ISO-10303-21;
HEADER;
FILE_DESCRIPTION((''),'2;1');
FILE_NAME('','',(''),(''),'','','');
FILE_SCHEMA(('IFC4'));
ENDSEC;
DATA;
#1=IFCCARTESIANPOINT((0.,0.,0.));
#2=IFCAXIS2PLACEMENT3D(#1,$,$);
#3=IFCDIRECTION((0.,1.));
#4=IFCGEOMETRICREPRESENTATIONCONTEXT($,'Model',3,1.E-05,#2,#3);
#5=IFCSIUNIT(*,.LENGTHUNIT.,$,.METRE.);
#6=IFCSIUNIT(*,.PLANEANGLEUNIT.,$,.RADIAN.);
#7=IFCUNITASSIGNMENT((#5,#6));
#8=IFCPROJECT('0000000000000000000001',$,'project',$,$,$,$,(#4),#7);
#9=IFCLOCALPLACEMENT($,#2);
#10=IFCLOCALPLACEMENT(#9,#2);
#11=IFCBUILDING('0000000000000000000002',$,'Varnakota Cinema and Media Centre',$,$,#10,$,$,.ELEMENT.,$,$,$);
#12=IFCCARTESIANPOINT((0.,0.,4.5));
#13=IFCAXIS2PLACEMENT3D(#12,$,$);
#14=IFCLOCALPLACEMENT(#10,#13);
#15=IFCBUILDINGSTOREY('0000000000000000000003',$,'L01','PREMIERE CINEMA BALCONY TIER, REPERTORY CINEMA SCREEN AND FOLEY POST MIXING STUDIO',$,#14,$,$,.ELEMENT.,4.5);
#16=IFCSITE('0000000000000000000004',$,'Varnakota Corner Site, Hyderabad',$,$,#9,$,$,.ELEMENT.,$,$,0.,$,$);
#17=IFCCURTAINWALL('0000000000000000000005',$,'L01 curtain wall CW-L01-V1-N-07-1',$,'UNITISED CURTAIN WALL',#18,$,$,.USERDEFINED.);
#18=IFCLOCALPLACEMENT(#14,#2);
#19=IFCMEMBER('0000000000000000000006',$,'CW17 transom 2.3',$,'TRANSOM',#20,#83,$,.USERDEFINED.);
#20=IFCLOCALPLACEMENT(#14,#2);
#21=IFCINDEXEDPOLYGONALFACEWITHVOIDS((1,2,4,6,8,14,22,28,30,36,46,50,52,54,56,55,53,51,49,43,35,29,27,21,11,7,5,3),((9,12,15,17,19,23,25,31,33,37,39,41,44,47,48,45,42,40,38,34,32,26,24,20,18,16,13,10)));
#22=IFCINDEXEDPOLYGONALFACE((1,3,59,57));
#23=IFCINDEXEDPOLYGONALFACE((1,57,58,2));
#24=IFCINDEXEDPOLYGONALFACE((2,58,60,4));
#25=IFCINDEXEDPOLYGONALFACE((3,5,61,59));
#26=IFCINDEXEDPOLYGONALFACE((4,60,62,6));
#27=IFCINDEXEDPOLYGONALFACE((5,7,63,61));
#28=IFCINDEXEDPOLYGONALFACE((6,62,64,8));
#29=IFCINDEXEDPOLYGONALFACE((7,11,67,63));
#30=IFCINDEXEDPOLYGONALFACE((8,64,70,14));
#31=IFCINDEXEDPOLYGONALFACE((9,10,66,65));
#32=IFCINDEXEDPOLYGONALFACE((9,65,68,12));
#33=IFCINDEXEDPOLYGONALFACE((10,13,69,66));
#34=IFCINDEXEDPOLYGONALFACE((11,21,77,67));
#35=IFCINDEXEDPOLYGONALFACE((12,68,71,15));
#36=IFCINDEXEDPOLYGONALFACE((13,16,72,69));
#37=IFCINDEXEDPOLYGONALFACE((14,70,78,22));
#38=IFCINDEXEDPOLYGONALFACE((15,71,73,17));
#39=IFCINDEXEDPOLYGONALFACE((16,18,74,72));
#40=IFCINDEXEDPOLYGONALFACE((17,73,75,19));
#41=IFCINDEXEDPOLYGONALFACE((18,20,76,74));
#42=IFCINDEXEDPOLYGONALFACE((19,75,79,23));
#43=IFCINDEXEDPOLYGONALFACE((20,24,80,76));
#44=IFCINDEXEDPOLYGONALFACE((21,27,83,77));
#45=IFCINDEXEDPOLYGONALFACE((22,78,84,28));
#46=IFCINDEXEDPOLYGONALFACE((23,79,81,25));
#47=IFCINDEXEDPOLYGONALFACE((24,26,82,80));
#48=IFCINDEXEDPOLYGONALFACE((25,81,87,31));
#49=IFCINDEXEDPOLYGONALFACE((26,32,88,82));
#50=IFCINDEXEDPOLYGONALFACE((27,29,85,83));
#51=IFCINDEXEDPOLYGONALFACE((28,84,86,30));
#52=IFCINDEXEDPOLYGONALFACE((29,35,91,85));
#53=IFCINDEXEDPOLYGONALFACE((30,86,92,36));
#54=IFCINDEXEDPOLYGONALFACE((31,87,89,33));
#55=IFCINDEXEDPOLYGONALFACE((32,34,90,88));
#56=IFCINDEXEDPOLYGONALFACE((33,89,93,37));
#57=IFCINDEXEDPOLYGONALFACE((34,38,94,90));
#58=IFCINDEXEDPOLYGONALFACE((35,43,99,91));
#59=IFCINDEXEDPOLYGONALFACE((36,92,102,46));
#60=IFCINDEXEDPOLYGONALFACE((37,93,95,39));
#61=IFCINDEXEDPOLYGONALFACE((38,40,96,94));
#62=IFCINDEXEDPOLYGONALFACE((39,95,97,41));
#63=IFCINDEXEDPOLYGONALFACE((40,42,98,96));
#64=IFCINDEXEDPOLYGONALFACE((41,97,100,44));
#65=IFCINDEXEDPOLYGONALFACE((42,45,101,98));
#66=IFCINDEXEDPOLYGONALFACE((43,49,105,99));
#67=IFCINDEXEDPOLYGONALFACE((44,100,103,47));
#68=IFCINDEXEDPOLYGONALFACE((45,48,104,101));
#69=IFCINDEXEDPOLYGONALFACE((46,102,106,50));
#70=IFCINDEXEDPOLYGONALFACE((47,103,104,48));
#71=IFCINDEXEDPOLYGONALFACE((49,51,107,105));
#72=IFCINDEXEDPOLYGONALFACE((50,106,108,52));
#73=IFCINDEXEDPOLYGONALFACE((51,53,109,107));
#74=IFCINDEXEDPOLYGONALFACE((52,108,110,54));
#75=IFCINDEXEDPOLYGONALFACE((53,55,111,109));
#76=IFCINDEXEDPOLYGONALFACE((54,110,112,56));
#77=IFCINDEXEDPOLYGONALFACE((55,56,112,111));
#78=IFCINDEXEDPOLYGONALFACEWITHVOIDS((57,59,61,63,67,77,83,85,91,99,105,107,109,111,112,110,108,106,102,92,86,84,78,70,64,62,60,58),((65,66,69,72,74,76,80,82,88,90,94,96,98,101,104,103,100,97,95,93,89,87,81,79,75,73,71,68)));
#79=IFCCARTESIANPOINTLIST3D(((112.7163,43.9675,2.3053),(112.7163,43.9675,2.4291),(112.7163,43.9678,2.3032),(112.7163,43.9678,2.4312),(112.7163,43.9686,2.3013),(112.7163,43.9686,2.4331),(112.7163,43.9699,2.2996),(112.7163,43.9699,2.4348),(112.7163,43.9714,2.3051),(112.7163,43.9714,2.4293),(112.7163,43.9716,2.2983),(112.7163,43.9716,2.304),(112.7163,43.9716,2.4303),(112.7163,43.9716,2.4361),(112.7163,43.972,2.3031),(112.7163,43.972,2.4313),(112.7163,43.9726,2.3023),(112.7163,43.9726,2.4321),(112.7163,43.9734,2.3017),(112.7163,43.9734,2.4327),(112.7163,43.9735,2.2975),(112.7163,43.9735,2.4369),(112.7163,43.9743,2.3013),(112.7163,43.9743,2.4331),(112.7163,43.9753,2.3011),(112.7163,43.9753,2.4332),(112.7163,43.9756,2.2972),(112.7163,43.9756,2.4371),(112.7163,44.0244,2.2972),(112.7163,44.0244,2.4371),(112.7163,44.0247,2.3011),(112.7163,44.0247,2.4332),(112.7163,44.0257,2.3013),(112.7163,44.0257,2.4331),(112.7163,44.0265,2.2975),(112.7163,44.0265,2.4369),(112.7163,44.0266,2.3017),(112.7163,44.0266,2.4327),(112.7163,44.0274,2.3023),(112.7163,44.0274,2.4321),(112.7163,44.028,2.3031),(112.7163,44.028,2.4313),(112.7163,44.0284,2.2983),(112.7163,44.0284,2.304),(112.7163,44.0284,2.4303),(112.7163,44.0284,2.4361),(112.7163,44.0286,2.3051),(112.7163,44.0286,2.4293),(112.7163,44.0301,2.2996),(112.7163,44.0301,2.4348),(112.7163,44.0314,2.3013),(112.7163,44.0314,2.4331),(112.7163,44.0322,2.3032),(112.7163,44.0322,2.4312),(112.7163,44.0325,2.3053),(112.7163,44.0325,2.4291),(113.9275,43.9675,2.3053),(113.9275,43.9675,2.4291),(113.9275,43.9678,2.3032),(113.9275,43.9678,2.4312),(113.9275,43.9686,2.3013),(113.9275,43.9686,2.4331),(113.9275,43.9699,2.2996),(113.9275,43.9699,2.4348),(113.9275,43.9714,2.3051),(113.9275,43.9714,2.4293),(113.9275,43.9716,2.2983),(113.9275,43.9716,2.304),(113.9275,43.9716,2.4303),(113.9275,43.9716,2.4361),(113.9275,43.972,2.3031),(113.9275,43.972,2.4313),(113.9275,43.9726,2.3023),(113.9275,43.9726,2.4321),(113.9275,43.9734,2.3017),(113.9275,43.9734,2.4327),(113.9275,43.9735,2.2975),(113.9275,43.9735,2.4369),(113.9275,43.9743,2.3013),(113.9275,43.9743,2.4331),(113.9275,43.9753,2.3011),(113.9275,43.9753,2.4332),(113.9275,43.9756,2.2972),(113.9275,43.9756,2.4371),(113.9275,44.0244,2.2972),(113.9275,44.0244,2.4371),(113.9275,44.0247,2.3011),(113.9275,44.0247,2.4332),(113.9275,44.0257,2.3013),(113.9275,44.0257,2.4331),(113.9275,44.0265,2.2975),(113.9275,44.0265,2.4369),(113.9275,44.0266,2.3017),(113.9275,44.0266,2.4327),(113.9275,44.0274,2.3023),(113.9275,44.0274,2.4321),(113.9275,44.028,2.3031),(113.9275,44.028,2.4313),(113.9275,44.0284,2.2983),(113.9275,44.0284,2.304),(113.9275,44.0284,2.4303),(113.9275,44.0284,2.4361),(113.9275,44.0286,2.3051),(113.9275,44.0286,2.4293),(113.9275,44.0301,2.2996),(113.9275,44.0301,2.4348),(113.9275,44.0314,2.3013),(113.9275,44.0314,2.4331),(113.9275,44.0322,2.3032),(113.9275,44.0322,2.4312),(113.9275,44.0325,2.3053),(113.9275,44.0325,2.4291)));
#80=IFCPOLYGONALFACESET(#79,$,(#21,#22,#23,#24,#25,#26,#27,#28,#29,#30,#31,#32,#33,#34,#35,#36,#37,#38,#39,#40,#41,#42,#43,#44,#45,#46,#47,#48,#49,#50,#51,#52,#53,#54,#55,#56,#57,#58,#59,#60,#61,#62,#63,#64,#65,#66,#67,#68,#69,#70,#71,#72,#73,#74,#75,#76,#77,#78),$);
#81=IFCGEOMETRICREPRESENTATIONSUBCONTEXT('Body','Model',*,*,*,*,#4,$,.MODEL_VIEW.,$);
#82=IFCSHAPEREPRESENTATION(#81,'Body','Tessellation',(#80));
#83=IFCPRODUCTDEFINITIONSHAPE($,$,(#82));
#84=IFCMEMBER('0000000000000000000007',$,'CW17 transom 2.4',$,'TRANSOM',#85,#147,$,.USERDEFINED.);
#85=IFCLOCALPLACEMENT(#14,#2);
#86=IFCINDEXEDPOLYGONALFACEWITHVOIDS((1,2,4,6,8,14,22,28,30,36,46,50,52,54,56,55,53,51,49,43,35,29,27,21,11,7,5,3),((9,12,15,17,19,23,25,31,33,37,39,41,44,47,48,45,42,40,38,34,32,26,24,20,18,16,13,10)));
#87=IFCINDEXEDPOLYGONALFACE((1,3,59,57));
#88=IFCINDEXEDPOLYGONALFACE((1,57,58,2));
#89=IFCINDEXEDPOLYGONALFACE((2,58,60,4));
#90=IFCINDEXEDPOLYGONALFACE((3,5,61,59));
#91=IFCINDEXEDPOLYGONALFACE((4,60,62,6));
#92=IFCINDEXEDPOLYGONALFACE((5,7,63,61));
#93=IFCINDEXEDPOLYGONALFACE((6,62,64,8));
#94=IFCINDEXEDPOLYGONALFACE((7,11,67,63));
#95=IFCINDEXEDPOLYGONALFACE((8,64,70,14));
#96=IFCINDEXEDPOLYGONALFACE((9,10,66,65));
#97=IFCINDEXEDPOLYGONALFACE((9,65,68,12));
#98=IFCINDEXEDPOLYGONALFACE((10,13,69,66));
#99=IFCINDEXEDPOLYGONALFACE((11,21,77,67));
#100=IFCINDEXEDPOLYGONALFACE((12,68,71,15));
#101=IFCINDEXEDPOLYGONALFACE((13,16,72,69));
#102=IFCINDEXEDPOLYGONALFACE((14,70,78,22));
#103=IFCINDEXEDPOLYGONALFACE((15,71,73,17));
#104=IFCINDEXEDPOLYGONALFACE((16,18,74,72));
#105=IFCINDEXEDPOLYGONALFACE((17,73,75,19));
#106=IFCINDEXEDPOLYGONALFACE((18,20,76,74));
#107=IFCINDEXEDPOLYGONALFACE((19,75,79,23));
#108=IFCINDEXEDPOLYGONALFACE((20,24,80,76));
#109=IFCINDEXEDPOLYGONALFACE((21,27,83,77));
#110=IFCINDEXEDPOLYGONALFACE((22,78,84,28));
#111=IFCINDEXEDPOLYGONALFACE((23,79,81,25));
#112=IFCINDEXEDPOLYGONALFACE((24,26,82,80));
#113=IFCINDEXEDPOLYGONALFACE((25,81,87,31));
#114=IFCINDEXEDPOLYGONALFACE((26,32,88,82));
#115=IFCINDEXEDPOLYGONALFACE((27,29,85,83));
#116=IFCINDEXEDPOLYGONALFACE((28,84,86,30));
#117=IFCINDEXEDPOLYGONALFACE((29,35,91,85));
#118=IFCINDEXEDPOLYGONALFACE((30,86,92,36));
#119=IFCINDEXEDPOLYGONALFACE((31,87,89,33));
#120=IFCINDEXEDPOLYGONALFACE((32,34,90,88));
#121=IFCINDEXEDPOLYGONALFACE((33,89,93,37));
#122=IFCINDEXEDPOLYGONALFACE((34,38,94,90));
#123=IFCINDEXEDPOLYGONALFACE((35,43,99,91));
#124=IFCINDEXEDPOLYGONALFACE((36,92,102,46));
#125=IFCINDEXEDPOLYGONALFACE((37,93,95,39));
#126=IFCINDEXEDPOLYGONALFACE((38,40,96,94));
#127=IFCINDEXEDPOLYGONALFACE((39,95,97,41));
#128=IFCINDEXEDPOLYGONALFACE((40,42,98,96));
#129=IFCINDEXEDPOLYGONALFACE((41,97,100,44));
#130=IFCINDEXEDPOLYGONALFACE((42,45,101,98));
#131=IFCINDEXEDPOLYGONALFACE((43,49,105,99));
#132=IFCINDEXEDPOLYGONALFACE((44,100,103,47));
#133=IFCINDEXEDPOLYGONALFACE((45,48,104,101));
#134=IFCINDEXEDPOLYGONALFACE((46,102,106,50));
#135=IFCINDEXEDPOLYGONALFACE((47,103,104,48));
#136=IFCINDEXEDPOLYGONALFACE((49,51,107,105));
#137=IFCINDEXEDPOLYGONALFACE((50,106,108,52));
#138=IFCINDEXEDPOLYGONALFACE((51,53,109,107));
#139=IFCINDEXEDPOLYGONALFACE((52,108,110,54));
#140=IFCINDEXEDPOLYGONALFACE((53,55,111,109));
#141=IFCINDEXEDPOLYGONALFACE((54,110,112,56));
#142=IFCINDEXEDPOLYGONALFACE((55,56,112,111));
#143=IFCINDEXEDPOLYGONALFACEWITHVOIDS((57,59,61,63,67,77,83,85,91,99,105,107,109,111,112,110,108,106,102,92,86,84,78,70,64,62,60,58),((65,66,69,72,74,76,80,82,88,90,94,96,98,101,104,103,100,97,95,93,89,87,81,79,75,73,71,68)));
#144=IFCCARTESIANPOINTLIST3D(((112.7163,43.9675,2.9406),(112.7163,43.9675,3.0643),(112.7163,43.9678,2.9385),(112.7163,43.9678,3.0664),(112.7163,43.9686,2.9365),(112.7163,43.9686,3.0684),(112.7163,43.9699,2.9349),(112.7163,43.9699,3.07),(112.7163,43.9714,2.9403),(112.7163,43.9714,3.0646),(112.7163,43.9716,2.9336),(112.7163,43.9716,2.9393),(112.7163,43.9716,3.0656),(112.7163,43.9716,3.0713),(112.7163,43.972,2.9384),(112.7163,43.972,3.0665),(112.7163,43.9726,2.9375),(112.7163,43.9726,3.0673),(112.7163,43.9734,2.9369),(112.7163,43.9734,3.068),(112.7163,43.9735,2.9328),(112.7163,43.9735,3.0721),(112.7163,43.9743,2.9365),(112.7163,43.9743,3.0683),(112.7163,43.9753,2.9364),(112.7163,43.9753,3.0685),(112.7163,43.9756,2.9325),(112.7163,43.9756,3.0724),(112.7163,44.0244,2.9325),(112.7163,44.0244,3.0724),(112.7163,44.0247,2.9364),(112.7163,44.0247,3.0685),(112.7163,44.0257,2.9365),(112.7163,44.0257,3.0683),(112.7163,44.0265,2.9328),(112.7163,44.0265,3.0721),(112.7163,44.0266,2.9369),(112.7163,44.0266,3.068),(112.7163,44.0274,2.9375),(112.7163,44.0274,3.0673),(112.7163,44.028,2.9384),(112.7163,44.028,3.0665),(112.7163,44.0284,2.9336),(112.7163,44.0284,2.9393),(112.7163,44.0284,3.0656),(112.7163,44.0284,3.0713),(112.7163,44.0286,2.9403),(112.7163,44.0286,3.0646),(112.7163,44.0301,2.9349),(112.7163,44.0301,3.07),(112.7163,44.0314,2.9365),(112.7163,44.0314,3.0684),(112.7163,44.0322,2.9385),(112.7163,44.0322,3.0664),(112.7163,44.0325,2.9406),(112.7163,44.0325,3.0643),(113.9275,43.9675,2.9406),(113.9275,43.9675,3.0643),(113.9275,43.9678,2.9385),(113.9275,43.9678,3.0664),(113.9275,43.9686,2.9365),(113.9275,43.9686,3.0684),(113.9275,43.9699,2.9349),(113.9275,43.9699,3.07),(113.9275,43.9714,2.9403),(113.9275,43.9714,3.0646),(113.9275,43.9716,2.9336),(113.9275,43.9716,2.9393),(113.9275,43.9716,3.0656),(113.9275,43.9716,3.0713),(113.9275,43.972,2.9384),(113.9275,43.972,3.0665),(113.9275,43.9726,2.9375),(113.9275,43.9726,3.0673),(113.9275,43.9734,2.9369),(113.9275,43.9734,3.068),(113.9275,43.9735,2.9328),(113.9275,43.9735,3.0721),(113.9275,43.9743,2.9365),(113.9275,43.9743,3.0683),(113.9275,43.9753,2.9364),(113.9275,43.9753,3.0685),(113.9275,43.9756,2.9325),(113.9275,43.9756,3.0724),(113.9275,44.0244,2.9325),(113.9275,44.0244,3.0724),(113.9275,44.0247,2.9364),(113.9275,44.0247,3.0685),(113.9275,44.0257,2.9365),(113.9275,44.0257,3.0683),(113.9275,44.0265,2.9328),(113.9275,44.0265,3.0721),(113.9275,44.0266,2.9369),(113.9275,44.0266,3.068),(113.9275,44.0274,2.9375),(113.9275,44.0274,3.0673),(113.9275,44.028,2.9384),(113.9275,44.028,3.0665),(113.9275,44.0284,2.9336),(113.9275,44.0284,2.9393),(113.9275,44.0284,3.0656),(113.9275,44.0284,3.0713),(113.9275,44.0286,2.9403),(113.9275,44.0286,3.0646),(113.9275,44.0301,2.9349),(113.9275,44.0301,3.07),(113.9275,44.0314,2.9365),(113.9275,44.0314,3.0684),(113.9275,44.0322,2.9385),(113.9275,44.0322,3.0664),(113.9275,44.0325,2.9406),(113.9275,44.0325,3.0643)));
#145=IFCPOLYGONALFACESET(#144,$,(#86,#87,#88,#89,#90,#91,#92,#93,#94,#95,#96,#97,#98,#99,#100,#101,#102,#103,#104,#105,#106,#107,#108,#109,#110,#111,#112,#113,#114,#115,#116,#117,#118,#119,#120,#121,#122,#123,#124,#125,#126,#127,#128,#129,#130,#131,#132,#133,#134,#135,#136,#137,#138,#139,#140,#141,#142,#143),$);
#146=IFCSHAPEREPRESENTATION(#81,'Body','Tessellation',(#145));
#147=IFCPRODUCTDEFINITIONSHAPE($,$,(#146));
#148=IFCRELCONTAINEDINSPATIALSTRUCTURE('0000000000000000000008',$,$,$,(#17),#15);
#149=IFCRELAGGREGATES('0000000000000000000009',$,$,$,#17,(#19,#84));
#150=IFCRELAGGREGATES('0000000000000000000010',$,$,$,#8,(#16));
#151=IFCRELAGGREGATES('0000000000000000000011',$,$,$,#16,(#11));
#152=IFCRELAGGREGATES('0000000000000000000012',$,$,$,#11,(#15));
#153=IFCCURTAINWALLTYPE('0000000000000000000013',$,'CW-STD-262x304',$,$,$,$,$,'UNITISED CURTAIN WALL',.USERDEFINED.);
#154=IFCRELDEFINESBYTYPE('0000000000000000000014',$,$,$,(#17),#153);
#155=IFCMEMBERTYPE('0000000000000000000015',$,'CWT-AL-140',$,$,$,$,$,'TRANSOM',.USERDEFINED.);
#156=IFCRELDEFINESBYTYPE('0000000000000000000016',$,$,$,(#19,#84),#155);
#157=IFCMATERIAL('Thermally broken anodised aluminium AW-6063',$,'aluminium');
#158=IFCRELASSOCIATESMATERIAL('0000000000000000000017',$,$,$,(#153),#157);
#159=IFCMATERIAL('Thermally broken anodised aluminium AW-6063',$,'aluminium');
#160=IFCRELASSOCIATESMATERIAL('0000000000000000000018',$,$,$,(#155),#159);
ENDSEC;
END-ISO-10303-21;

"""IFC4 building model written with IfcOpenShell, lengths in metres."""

from ifc_helpers import new_model, si_unit, direction, frame, origin, origin_2d, place, context, subcontext, project, spatial, hollow_rectangle, extrude, material, material_profile, profile_set, type_object, element, aggregate, save


model = new_model("IFC4")

# Units and contexts
model_context = context("Model", 3, precision=1e-05, world=origin(), true_north=direction((0.0, 1.0)))
body_context = subcontext(model_context, "Body", "Model", "MODEL_VIEW")
ifc_project = project(units=[si_unit("LENGTHUNIT", "METRE"), si_unit("PLANEANGLEUNIT", "RADIAN")], contexts=[model_context])

# Site, building, storey
site_placement = place(None, origin())
site = spatial("IfcSite", under=ifc_project, at=site_placement, Name="Varnakota Corner Site, Hyderabad", CompositionType="ELEMENT", RefElevation=0.0)
building_placement = place(site_placement, origin())
building = spatial("IfcBuilding", under=site, at=building_placement, Name="Varnakota Cinema and Media Centre", CompositionType="ELEMENT")
storey_placement = place(building_placement, frame((0.0, 0.0, 4.5)))
storey = spatial("IfcBuildingStorey", under=building, at=storey_placement, Name="L01", Description="PREMIERE CINEMA BALCONY TIER, REPERTORY CINEMA SCREEN AND FOLEY POST MIXING STUDIO", CompositionType="ELEMENT", Elevation=4.5)

# Shared definitions
ifc_material_1 = material(Name="Thermally broken anodised aluminium AW-6063", Category="aluminium")
curtain_wall_type = type_object("IfcCurtainWallType", Name="CW-STD-262x304", ElementType="UNITISED CURTAIN WALL", PredefinedType="USERDEFINED", material=ifc_material_1)

# Curtain wall
curtain_wall_1_placement = place(storey_placement, origin())
curtain_wall_1 = element("IfcCurtainWall", 1, at=curtain_wall_1_placement, inside=storey, type_object=curtain_wall_type, Name="L01 curtain wall CW-L01-V1-N-07-1", ObjectType="UNITISED CURTAIN WALL", PredefinedType="USERDEFINED")

# Members
ifc_material_2 = material(Name="Thermally broken anodised aluminium AW-6063", Category="aluminium")
ifc_material_profile_1 = material_profile(ifc_material_2, hollow_rectangle(XDim=0.0649, YDim=0.1399, WallThickness=0.0039, InnerFilletRadius=0.0039, OuterFilletRadius=0.0081, at=origin_2d()), Name="AL-TRANSOM 140x65x4")
ifc_profile_set_1 = profile_set([ifc_material_profile_1], Name="Thermally broken anodised aluminium AW-6063")
member_type_1 = type_object("IfcMemberType", Name="CWT-AL-140", ElementType="TRANSOM", PredefinedType="USERDEFINED", material=ifc_profile_set_1)
member_1_placement = place(storey_placement, frame((112.7163, 44.0, 2.3672), z_axis=(1.0, 0.0, 0.0), x_axis=(0.0, 1.0, 0.0)))
member_1 = element("IfcMember", 2, at=member_1_placement, type_object=member_type_1, Name="CW17 transom 2.3", ObjectType="TRANSOM", PredefinedType="USERDEFINED", context=body_context, shape_type="SweptSolid", body=[
    extrude(hollow_rectangle(XDim=0.0649, YDim=0.1399, WallThickness=0.0039, InnerFilletRadius=0.0039, OuterFilletRadius=0.0081, at=origin_2d()), origin(), (0.0, 0.0, 1.0), 1.2112),
])
member_2_placement = place(storey_placement, frame((112.7163, 44.0, 3.0024), z_axis=(1.0, 0.0, 0.0), x_axis=(0.0, 1.0, 0.0)))
member_2 = element("IfcMember", 3, at=member_2_placement, type_object=member_type_1, Name="CW17 transom 2.4", ObjectType="TRANSOM", PredefinedType="USERDEFINED", context=body_context, shape_type="SweptSolid", body=[
    extrude(hollow_rectangle(XDim=0.0649, YDim=0.1399, WallThickness=0.0039, InnerFilletRadius=0.0039, OuterFilletRadius=0.0081, at=origin_2d()), origin(), (0.0, 0.0, 1.0), 1.2112),
])

aggregate(curtain_wall_1, [member_1, member_2])

save(model, "model.ifc")
